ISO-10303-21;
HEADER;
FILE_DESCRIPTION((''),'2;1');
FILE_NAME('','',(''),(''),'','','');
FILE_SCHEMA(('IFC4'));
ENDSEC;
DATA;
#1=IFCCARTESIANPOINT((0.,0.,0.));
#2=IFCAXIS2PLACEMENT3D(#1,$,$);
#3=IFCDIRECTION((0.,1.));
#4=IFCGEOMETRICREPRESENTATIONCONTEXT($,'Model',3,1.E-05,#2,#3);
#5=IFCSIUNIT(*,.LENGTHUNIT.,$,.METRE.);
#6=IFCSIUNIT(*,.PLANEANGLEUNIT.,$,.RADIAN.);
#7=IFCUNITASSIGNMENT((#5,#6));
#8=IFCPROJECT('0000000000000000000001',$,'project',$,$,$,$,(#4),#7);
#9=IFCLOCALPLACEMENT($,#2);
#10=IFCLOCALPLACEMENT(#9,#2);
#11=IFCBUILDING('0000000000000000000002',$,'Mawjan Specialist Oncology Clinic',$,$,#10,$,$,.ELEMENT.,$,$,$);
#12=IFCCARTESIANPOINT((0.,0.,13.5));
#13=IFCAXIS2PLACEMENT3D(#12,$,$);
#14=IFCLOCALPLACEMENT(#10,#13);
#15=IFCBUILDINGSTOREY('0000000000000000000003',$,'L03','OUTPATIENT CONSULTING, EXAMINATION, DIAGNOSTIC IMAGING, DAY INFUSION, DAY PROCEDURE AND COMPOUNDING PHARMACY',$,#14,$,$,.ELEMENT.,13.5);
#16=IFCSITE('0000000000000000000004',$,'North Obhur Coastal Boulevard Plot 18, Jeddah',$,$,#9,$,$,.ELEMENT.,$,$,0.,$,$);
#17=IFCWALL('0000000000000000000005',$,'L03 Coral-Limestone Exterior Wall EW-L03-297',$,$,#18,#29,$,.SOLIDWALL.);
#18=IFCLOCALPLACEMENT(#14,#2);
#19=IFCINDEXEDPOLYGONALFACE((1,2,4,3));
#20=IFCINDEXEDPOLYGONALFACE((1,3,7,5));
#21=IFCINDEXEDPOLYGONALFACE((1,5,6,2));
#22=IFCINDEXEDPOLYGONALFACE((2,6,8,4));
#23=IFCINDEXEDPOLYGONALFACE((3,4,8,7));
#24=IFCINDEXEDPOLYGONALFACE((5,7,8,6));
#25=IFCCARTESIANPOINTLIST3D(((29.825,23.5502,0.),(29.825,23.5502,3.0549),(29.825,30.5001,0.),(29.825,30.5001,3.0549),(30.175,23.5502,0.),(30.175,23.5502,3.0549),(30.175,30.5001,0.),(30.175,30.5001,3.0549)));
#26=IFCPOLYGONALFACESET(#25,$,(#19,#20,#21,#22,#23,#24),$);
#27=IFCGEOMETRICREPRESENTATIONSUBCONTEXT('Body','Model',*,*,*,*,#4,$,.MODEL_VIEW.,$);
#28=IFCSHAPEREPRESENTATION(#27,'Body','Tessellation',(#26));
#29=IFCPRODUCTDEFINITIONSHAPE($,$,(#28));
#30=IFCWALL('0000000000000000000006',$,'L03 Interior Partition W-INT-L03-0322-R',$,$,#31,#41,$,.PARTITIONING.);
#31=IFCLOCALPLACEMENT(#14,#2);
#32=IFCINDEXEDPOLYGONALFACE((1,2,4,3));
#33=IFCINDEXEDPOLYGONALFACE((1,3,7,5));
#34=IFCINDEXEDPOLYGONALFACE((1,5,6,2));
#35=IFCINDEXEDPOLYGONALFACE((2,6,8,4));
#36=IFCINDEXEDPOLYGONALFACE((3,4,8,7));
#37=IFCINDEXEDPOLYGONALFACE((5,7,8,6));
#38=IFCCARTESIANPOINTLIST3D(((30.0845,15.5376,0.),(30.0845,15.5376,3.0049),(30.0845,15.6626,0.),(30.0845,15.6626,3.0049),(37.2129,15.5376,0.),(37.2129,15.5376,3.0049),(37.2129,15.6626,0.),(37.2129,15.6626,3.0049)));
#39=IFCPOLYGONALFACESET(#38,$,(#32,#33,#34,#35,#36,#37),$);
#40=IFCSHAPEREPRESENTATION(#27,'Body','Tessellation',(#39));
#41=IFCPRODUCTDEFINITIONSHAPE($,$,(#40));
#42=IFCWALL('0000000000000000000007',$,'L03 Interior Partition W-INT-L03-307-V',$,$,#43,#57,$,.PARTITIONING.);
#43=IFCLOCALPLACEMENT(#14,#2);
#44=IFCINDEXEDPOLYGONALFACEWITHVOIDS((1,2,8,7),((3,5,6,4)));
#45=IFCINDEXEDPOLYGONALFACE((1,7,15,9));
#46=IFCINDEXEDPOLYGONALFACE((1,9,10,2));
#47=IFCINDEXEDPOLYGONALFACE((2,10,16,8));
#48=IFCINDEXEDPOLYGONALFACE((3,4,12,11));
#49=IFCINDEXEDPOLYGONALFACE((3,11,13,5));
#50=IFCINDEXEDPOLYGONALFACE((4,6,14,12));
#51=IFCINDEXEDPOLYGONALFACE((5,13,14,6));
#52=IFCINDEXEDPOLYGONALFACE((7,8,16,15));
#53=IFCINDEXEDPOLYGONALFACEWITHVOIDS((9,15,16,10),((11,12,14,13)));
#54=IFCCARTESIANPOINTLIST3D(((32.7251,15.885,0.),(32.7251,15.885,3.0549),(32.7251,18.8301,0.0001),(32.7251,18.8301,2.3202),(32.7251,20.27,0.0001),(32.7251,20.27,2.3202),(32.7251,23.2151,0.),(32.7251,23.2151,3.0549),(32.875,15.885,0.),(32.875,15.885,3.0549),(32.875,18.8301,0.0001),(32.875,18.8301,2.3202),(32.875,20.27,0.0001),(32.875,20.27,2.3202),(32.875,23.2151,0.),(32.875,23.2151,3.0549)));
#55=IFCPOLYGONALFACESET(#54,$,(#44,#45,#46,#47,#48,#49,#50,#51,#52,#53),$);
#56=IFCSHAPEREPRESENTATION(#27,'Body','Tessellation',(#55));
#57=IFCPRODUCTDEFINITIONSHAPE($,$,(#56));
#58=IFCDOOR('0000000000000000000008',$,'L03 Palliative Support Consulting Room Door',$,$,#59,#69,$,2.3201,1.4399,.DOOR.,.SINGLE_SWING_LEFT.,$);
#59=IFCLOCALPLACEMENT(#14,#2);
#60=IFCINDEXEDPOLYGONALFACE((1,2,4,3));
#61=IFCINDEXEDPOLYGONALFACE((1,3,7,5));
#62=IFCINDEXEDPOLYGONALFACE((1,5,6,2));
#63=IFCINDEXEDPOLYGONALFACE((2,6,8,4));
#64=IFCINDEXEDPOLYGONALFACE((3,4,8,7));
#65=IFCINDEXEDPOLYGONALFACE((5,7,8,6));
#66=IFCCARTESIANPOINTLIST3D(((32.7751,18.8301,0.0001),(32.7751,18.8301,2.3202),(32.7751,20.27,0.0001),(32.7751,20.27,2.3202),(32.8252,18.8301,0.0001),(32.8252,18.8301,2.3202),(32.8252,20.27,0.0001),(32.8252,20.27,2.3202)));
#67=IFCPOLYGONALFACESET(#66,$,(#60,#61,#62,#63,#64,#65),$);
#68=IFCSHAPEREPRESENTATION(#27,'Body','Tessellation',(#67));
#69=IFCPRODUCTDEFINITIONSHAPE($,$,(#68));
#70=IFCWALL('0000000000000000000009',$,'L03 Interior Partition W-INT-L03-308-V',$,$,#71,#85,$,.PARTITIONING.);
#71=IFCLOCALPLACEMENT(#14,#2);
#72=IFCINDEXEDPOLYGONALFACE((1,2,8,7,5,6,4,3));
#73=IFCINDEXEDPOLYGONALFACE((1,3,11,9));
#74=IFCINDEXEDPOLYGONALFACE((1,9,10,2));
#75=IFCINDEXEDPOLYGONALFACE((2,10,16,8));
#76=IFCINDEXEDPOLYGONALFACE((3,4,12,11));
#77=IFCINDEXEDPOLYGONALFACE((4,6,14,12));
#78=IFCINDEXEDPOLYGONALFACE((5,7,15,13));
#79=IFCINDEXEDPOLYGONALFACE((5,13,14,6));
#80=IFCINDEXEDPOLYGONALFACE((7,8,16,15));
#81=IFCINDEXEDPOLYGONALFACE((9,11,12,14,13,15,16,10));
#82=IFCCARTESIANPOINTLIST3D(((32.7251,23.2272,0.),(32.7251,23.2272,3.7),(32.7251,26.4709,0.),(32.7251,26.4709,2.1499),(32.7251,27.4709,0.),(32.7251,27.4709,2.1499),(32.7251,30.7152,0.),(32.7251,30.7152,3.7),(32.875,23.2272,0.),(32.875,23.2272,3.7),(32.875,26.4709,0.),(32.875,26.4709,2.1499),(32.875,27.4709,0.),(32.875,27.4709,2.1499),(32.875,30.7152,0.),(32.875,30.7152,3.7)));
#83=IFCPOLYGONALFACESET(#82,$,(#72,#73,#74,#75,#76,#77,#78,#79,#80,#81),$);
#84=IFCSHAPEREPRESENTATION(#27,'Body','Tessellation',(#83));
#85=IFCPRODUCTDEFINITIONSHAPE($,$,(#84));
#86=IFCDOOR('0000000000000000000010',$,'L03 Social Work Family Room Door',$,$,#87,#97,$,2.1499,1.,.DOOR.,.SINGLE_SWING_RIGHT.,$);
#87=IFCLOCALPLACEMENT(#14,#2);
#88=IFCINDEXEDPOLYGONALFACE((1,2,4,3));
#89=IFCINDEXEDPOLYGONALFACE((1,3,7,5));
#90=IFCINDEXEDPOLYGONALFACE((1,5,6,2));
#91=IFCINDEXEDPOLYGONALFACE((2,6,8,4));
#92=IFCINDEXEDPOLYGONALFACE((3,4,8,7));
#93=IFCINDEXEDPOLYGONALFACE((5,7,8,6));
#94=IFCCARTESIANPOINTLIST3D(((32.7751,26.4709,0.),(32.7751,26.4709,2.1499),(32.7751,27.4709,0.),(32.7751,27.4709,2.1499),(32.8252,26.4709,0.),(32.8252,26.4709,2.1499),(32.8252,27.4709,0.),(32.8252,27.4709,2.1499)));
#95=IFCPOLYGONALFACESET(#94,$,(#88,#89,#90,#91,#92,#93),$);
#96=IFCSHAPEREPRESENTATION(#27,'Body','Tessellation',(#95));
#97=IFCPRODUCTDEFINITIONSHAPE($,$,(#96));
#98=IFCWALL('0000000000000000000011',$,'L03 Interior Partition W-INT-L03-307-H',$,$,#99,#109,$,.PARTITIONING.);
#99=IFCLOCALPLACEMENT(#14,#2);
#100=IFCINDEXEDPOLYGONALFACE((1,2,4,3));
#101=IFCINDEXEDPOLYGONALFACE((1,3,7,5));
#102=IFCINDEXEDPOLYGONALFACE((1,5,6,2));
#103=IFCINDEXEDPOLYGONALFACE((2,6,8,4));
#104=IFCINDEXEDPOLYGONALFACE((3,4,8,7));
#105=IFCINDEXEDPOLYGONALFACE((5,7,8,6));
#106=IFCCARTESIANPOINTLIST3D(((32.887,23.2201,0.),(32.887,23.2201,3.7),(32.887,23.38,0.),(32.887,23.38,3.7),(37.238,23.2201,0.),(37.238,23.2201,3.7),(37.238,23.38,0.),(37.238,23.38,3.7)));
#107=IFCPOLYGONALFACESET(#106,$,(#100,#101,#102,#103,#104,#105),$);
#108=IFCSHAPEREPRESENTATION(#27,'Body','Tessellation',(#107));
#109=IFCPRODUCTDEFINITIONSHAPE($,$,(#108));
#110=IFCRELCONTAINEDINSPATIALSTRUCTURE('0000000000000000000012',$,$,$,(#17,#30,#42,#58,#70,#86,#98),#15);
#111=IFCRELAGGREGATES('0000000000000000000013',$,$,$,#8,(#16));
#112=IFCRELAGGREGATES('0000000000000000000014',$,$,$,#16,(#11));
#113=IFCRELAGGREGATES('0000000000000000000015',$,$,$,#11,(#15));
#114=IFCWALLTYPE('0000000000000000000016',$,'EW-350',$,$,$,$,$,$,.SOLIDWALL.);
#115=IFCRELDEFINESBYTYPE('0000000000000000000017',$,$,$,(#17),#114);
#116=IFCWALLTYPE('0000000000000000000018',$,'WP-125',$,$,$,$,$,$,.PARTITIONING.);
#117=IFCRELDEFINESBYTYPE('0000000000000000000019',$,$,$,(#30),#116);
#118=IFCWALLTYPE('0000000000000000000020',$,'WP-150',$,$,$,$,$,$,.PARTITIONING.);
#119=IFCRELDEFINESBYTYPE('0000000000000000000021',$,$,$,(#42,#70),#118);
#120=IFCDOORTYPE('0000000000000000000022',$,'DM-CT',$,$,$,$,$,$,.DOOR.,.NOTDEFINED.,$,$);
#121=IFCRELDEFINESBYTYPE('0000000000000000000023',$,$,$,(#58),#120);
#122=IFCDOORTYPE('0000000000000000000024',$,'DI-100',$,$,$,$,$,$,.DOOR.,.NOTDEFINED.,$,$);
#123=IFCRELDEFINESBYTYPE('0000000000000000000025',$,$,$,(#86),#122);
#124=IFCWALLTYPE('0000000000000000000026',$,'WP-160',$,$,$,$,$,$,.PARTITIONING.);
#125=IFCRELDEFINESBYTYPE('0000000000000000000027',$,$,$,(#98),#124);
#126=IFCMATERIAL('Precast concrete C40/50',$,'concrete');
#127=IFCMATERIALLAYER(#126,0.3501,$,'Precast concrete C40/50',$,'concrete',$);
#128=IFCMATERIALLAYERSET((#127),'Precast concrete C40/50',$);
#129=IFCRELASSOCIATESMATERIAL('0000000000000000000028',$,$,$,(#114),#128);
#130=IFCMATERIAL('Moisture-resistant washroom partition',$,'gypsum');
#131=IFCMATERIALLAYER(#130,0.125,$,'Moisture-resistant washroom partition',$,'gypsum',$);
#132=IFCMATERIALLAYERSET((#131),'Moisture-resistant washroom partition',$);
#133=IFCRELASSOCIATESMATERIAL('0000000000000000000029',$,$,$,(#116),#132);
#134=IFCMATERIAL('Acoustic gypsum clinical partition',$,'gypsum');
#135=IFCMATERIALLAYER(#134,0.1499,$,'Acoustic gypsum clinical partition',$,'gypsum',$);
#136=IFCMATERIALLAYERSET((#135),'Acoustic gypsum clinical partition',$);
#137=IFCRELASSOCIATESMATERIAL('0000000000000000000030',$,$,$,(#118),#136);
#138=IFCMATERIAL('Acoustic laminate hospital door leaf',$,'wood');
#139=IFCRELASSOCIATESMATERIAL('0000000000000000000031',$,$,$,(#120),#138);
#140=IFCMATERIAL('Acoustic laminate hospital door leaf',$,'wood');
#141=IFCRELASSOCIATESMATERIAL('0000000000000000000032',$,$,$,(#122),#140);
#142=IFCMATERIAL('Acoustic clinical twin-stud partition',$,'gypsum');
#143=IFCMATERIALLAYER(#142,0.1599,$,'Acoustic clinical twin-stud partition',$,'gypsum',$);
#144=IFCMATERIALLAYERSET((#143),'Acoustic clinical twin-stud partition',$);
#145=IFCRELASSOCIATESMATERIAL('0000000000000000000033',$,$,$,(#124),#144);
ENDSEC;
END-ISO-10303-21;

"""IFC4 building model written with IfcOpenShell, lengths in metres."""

from ifc_helpers import new_model, si_unit, direction, frame, frame_2d, origin, place, context, subcontext, project, spatial, rectangle, extrude, material, layer, layer_set, type_object, element, fill, save


model = new_model("IFC4")

# Units and contexts
model_context = context("Model", 3, precision=1e-05, world=origin(), true_north=direction((0.0, 1.0)))
body_context = subcontext(model_context, "Body", "Model", "MODEL_VIEW")
ifc_project = project(units=[si_unit("LENGTHUNIT", "METRE"), si_unit("PLANEANGLEUNIT", "RADIAN")], contexts=[model_context])

# Site, building, storey
site_placement = place(None, origin())
site = spatial("IfcSite", under=ifc_project, at=site_placement, Name="North Obhur Coastal Boulevard Plot 18, Jeddah", CompositionType="ELEMENT", RefElevation=0.0)
building_placement = place(site_placement, origin())
building = spatial("IfcBuilding", under=site, at=building_placement, Name="Mawjan Specialist Oncology Clinic", CompositionType="ELEMENT")
storey_placement = place(building_placement, frame((0.0, 0.0, 13.5)))
storey = spatial("IfcBuildingStorey", under=building, at=storey_placement, Name="L03", Description="OUTPATIENT CONSULTING, EXAMINATION, DIAGNOSTIC IMAGING, DAY INFUSION, DAY PROCEDURE AND COMPOUNDING PHARMACY", CompositionType="ELEMENT", Elevation=13.5)

# Shared definitions
ifc_material_1 = material(Name="Precast concrete C40/50", Category="concrete")
ifc_layer_1 = layer(ifc_material_1, 0.3501, Name="Precast concrete C40/50", Category="concrete")
ifc_layer_set_1 = layer_set([ifc_layer_1], Name="Precast concrete C40/50")
wall_type_1 = type_object("IfcWallType", Name="EW-350", PredefinedType="SOLIDWALL", material=ifc_layer_set_1)

# Walls
wall_1_placement = place(storey_placement, frame((30.0, 23.55, 0.0), z_axis=(0.0, 0.0, 1.0), x_axis=(0.0, 1.0, 0.0)))
element("IfcWall", 1, at=wall_1_placement, inside=storey, type_object=wall_type_1, Name="L03 Coral-Limestone Exterior Wall EW-L03-297", PredefinedType="SOLIDWALL", context=body_context, shape_type="SweptSolid", body=[
    extrude(rectangle(XDim=6.95, YDim=0.3501, at=frame_2d((3.4751, 0.0))), origin(), (0.0, 0.0, 1.0), 3.0549),
])
ifc_material_2 = material(Name="Moisture-resistant washroom partition", Category="gypsum")
ifc_layer_2 = layer(ifc_material_2, 0.125, Name="Moisture-resistant washroom partition", Category="gypsum")
ifc_layer_set_2 = layer_set([ifc_layer_2], Name="Moisture-resistant washroom partition")
wall_type_2 = type_object("IfcWallType", Name="WP-125", PredefinedType="PARTITIONING", material=ifc_layer_set_2)
wall_2_placement = place(storey_placement, frame((30.0845, 15.6001, 0.0), z_axis=(0.0, 0.0, 1.0), x_axis=(1.0, 0.0, 0.0)))
element("IfcWall", 2, at=wall_2_placement, inside=storey, type_object=wall_type_2, Name="L03 Interior Partition W-INT-L03-0322-R", PredefinedType="PARTITIONING", context=body_context, shape_type="SweptSolid", body=[
    extrude(rectangle(XDim=7.1284, YDim=0.125, at=frame_2d((3.5642, 0.0))), origin(), (0.0, 0.0, 1.0), 3.0049),
])

# Walls, openings, doors
ifc_material_3 = material(Name="Acoustic gypsum clinical partition", Category="gypsum")
ifc_layer_3 = layer(ifc_material_3, 0.1499, Name="Acoustic gypsum clinical partition", Category="gypsum")
ifc_layer_set_3 = layer_set([ifc_layer_3], Name="Acoustic gypsum clinical partition")
wall_type_3 = type_object("IfcWallType", Name="WP-150", PredefinedType="PARTITIONING", material=ifc_layer_set_3)
wall_3_placement = place(storey_placement, frame((32.8, 15.885, 0.0), z_axis=(0.0, 0.0, 1.0), x_axis=(0.0, 1.0, 0.0)))
wall_3 = element("IfcWall", 3, at=wall_3_placement, inside=storey, type_object=wall_type_3, Name="L03 Interior Partition W-INT-L03-307-V", PredefinedType="PARTITIONING", context=body_context, shape_type="SweptSolid", body=[
    extrude(rectangle(XDim=7.3301, YDim=0.1499, at=frame_2d((3.665, 0.0))), origin(), (0.0, 0.0, 1.0), 3.0549),
])
opening_1_placement = place(wall_3_placement, frame((2.9451, 0.0, 0.0)))
opening_1 = element("IfcOpeningElement", 4, at=opening_1_placement, cuts=wall_3, PredefinedType="OPENING", context=body_context, shape_type="SweptSolid", body=[
    extrude(rectangle(XDim=1.4399, YDim=2.3201, at=frame_2d((0.72, 1.1602))), frame((0.0, 0.0869, 0.0), z_axis=(0.0, -1.0, 0.0), x_axis=(1.0, 0.0, 0.0)), (0.0, 0.0, 1.0), 0.1738),
])
ifc_material_4 = material(Name="Acoustic laminate hospital door leaf", Category="wood")
door_type_1 = type_object("IfcDoorType", Name="DM-CT", OperationType="NOTDEFINED", PredefinedType="DOOR", material=ifc_material_4)
door_1_placement = place(opening_1_placement, origin())
door_1 = element("IfcDoor", 5, at=door_1_placement, inside=storey, type_object=door_type_1, Name="L03 Palliative Support Consulting Room Door", OperationType="SINGLE_SWING_LEFT", OverallHeight=2.3201, OverallWidth=1.4399, PredefinedType="DOOR", context=body_context, shape_type="SweptSolid", body=[
    extrude(rectangle(XDim=1.4399, YDim=2.3201, at=frame_2d((0.72, 1.1602))), frame((0.0, 0.0249, 0.0), z_axis=(0.0, -1.0, 0.0), x_axis=(1.0, 0.0, 0.0)), (0.0, 0.0, 1.0), 0.05),
])
fill(opening_1, door_1)
wall_4_placement = place(storey_placement, frame((32.8, 23.2271, 0.0), z_axis=(0.0, 0.0, 1.0), x_axis=(0.0, 1.0, 0.0)))
wall_4 = element("IfcWall", 6, at=wall_4_placement, inside=storey, type_object=wall_type_3, Name="L03 Interior Partition W-INT-L03-308-V", PredefinedType="PARTITIONING", context=body_context, shape_type="SweptSolid", body=[
    extrude(rectangle(XDim=7.488, YDim=0.1499, at=frame_2d((3.7441, 0.0))), origin(), (0.0, 0.0, 1.0), 3.7),
])
opening_2_placement = place(wall_4_placement, frame((3.2439, 0.0, 0.0)))
opening_2 = element("IfcOpeningElement", 7, at=opening_2_placement, cuts=wall_4, PredefinedType="OPENING", context=body_context, shape_type="SweptSolid", body=[
    extrude(rectangle(XDim=1.0, YDim=2.1499, at=frame_2d((0.5, 1.075))), frame((0.0, 0.0869, 0.0), z_axis=(0.0, -1.0, 0.0), x_axis=(1.0, 0.0, 0.0)), (0.0, 0.0, 1.0), 0.1738),
])
ifc_material_5 = material(Name="Acoustic laminate hospital door leaf", Category="wood")
door_type_2 = type_object("IfcDoorType", Name="DI-100", OperationType="NOTDEFINED", PredefinedType="DOOR", material=ifc_material_5)
door_2_placement = place(opening_2_placement, origin())
door_2 = element("IfcDoor", 8, at=door_2_placement, inside=storey, type_object=door_type_2, Name="L03 Social Work Family Room Door", OperationType="SINGLE_SWING_RIGHT", OverallHeight=2.1499, OverallWidth=1.0, PredefinedType="DOOR", context=body_context, shape_type="SweptSolid", body=[
    extrude(rectangle(XDim=1.0, YDim=2.1499, at=frame_2d((0.5, 1.075))), frame((0.0, 0.0249, 0.0), z_axis=(0.0, -1.0, 0.0), x_axis=(1.0, 0.0, 0.0)), (0.0, 0.0, 1.0), 0.05),
])
fill(opening_2, door_2)

# Wall
ifc_material_6 = material(Name="Acoustic clinical twin-stud partition", Category="gypsum")
ifc_layer_4 = layer(ifc_material_6, 0.1599, Name="Acoustic clinical twin-stud partition", Category="gypsum")
ifc_layer_set_4 = layer_set([ifc_layer_4], Name="Acoustic clinical twin-stud partition")
wall_type_4 = type_object("IfcWallType", Name="WP-160", PredefinedType="PARTITIONING", material=ifc_layer_set_4)
wall_5_placement = place(storey_placement, frame((32.887, 23.3, 0.0), z_axis=(0.0, 0.0, 1.0), x_axis=(1.0, 0.0, 0.0)))
element("IfcWall", 9, at=wall_5_placement, inside=storey, type_object=wall_type_4, Name="L03 Interior Partition W-INT-L03-307-H", PredefinedType="PARTITIONING", context=body_context, shape_type="SweptSolid", body=[
    extrude(rectangle(XDim=4.3511, YDim=0.1599, at=frame_2d((2.1755, 0.0))), origin(), (0.0, 0.0, 1.0), 3.7),
])

save(model, "model.ifc")
